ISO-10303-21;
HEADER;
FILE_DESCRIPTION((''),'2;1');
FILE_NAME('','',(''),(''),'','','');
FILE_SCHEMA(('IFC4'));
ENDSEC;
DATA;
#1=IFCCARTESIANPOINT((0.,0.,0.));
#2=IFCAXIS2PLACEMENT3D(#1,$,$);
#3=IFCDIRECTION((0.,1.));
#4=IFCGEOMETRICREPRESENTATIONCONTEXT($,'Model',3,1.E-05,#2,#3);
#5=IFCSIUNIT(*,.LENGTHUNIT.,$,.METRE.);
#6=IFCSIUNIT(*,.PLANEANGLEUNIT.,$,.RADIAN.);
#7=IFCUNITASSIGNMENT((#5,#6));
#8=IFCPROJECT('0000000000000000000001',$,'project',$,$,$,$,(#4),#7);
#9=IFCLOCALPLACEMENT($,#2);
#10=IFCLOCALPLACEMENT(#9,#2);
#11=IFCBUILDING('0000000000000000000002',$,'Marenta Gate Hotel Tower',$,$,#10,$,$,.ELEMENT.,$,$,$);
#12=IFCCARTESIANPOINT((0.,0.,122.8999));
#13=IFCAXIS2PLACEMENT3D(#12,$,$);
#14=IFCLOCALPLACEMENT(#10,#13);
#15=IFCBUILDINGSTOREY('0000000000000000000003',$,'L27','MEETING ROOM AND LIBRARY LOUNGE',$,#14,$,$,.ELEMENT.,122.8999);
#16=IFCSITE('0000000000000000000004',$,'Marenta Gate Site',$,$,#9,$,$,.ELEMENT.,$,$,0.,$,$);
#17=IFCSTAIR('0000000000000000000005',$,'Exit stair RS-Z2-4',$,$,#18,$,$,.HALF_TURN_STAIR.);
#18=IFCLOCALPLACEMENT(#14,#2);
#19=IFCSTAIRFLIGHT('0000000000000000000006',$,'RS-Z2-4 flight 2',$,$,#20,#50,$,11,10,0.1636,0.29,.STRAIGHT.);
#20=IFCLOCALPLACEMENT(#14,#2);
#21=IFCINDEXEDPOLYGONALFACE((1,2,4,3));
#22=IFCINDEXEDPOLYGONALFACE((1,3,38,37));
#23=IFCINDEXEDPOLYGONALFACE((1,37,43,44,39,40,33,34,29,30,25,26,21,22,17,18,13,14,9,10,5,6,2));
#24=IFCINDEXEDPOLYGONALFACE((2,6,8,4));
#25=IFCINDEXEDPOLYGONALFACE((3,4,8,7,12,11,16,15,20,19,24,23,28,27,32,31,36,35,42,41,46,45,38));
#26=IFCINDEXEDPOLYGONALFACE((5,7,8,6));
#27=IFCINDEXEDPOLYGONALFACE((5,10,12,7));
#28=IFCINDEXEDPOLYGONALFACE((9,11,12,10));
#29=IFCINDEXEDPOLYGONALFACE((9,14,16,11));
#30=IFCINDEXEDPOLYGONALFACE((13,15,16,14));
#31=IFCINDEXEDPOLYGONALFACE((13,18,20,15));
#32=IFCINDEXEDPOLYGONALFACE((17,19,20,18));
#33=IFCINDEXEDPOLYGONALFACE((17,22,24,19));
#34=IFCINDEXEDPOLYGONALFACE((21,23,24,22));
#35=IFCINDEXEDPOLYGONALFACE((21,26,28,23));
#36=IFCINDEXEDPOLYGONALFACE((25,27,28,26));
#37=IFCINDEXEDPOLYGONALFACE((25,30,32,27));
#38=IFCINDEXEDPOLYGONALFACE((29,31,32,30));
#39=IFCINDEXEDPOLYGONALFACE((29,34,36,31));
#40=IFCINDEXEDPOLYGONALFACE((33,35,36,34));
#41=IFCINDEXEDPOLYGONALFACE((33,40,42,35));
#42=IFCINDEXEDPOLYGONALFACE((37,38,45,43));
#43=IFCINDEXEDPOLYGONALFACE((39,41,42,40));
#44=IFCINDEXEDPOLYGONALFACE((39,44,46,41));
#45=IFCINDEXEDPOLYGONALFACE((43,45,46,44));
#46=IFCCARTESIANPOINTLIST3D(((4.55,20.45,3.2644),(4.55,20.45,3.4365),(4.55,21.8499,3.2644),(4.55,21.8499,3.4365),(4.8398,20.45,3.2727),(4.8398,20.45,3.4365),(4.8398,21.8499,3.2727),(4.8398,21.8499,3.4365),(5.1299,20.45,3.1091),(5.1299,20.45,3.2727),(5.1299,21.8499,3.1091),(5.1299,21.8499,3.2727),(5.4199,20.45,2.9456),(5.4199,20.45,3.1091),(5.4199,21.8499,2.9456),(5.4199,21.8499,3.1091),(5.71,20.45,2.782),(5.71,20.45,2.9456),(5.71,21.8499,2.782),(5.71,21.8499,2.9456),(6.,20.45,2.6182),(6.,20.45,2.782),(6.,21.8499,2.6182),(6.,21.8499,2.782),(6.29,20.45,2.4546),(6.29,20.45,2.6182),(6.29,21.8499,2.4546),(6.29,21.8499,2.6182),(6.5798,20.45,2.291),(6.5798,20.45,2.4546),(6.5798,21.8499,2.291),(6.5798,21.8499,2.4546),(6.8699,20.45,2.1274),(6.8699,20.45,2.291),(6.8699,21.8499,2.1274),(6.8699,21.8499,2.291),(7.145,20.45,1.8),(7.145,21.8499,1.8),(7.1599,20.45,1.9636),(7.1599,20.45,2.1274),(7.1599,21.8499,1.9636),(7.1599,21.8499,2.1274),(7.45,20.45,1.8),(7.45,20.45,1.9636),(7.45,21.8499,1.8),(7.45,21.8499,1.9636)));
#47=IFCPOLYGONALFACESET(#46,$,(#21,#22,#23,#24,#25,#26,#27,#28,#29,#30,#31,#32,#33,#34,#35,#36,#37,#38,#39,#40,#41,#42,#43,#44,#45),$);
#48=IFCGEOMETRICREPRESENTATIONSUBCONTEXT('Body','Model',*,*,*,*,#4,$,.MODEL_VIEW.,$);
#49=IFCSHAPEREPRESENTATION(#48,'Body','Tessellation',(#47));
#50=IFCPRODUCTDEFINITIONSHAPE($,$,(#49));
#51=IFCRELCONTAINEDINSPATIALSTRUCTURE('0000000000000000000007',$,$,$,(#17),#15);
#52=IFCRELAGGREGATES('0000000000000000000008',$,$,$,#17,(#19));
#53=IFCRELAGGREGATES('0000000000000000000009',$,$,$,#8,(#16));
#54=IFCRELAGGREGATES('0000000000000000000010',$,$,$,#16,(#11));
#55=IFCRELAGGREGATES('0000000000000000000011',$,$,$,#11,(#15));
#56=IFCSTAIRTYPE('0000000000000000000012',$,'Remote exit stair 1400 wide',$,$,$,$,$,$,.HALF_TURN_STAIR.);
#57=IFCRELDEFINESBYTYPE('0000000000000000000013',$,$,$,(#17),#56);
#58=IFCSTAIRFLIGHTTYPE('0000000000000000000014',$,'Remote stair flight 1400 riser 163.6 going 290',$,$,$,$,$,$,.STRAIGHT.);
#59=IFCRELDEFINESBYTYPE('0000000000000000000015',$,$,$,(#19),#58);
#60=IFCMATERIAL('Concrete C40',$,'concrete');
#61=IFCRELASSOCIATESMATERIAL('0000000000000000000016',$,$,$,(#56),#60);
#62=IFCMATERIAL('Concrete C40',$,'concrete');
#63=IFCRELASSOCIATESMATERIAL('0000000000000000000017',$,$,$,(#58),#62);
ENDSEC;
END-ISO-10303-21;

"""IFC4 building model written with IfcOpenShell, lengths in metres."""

from ifc_helpers import new_model, si_unit, direction, frame, origin, place, context, subcontext, project, spatial, polyline, outline, extrude, material, type_object, element, aggregate, save


model = new_model("IFC4")

# Units and contexts
model_context = context("Model", 3, precision=1e-05, world=origin(), true_north=direction((0.0, 1.0)))
body_context = subcontext(model_context, "Body", "Model", "MODEL_VIEW")
ifc_project = project(units=[si_unit("LENGTHUNIT", "METRE"), si_unit("PLANEANGLEUNIT", "RADIAN")], contexts=[model_context])

# Site, building, storey
site_placement = place(None, origin())
site = spatial("IfcSite", under=ifc_project, at=site_placement, Name="Marenta Gate Site", CompositionType="ELEMENT", RefElevation=0.0)
building_placement = place(site_placement, origin())
building = spatial("IfcBuilding", under=site, at=building_placement, Name="Marenta Gate Hotel Tower", CompositionType="ELEMENT")
storey_placement = place(building_placement, frame((0.0, 0.0, 122.8999)))
storey = spatial("IfcBuildingStorey", under=building, at=storey_placement, Name="L27", Description="MEETING ROOM AND LIBRARY LOUNGE", CompositionType="ELEMENT", Elevation=122.8999)

# Stair, stair flight
ifc_material_1 = material(Name="Concrete C40", Category="concrete")
stair_type = type_object("IfcStairType", Name="Remote exit stair 1400 wide", PredefinedType="HALF_TURN_STAIR", material=ifc_material_1)
stair_placement = place(storey_placement, origin())
stair = element("IfcStair", 1, at=stair_placement, inside=storey, type_object=stair_type, Name="Exit stair RS-Z2-4", PredefinedType="HALF_TURN_STAIR")
ifc_material_2 = material(Name="Concrete C40", Category="concrete")
stair_flight_type = type_object("IfcStairFlightType", Name="Remote stair flight 1400 riser 163.6 going 290", PredefinedType="STRAIGHT", material=ifc_material_2)
stair_flight_1_placement = place(storey_placement, frame((7.45, 21.1499, 1.8), z_axis=(0.0, 0.0, 1.0), x_axis=(-1.0, 0.0, 0.0)))
stair_flight_1 = element("IfcStairFlight", 2, at=stair_flight_1_placement, type_object=stair_flight_type, Name="RS-Z2-4 flight 2", NumberOfRisers=11, NumberOfTreads=10, PredefinedType="STRAIGHT", RiserHeight=0.1636, TreadLength=0.29, context=body_context, shape_type="SweptSolid", body=[
    extrude(outline(polyline([(0.0, 0.0), (0.0, 0.1636), (0.29, 0.1636), (0.29, 0.3274), (0.5801, 0.3274), (0.5801, 0.491), (0.8701, 0.491), (0.8701, 0.6545), (1.1599, 0.6545), (1.1599, 0.8181), (1.45, 0.8181), (1.45, 0.9819), (1.74, 0.9819), (1.74, 1.1455), (2.03, 1.1455), (2.03, 1.3091), (2.3201, 1.3091), (2.3201, 1.4727), (2.6101, 1.4727), (2.6101, 1.6365), (2.8999, 1.6365), (2.8999, 1.8), (2.8999, 1.4644), (0.3049, 0.0), (0.0, 0.0)])), frame((0.0, 0.7, 0.0), z_axis=(0.0, -1.0, 0.0), x_axis=(1.0, 0.0, 0.0)), (0.0, 0.0, 1.0), 1.3999),
])
aggregate(stair, [stair_flight_1])

save(model, "model.ifc")
